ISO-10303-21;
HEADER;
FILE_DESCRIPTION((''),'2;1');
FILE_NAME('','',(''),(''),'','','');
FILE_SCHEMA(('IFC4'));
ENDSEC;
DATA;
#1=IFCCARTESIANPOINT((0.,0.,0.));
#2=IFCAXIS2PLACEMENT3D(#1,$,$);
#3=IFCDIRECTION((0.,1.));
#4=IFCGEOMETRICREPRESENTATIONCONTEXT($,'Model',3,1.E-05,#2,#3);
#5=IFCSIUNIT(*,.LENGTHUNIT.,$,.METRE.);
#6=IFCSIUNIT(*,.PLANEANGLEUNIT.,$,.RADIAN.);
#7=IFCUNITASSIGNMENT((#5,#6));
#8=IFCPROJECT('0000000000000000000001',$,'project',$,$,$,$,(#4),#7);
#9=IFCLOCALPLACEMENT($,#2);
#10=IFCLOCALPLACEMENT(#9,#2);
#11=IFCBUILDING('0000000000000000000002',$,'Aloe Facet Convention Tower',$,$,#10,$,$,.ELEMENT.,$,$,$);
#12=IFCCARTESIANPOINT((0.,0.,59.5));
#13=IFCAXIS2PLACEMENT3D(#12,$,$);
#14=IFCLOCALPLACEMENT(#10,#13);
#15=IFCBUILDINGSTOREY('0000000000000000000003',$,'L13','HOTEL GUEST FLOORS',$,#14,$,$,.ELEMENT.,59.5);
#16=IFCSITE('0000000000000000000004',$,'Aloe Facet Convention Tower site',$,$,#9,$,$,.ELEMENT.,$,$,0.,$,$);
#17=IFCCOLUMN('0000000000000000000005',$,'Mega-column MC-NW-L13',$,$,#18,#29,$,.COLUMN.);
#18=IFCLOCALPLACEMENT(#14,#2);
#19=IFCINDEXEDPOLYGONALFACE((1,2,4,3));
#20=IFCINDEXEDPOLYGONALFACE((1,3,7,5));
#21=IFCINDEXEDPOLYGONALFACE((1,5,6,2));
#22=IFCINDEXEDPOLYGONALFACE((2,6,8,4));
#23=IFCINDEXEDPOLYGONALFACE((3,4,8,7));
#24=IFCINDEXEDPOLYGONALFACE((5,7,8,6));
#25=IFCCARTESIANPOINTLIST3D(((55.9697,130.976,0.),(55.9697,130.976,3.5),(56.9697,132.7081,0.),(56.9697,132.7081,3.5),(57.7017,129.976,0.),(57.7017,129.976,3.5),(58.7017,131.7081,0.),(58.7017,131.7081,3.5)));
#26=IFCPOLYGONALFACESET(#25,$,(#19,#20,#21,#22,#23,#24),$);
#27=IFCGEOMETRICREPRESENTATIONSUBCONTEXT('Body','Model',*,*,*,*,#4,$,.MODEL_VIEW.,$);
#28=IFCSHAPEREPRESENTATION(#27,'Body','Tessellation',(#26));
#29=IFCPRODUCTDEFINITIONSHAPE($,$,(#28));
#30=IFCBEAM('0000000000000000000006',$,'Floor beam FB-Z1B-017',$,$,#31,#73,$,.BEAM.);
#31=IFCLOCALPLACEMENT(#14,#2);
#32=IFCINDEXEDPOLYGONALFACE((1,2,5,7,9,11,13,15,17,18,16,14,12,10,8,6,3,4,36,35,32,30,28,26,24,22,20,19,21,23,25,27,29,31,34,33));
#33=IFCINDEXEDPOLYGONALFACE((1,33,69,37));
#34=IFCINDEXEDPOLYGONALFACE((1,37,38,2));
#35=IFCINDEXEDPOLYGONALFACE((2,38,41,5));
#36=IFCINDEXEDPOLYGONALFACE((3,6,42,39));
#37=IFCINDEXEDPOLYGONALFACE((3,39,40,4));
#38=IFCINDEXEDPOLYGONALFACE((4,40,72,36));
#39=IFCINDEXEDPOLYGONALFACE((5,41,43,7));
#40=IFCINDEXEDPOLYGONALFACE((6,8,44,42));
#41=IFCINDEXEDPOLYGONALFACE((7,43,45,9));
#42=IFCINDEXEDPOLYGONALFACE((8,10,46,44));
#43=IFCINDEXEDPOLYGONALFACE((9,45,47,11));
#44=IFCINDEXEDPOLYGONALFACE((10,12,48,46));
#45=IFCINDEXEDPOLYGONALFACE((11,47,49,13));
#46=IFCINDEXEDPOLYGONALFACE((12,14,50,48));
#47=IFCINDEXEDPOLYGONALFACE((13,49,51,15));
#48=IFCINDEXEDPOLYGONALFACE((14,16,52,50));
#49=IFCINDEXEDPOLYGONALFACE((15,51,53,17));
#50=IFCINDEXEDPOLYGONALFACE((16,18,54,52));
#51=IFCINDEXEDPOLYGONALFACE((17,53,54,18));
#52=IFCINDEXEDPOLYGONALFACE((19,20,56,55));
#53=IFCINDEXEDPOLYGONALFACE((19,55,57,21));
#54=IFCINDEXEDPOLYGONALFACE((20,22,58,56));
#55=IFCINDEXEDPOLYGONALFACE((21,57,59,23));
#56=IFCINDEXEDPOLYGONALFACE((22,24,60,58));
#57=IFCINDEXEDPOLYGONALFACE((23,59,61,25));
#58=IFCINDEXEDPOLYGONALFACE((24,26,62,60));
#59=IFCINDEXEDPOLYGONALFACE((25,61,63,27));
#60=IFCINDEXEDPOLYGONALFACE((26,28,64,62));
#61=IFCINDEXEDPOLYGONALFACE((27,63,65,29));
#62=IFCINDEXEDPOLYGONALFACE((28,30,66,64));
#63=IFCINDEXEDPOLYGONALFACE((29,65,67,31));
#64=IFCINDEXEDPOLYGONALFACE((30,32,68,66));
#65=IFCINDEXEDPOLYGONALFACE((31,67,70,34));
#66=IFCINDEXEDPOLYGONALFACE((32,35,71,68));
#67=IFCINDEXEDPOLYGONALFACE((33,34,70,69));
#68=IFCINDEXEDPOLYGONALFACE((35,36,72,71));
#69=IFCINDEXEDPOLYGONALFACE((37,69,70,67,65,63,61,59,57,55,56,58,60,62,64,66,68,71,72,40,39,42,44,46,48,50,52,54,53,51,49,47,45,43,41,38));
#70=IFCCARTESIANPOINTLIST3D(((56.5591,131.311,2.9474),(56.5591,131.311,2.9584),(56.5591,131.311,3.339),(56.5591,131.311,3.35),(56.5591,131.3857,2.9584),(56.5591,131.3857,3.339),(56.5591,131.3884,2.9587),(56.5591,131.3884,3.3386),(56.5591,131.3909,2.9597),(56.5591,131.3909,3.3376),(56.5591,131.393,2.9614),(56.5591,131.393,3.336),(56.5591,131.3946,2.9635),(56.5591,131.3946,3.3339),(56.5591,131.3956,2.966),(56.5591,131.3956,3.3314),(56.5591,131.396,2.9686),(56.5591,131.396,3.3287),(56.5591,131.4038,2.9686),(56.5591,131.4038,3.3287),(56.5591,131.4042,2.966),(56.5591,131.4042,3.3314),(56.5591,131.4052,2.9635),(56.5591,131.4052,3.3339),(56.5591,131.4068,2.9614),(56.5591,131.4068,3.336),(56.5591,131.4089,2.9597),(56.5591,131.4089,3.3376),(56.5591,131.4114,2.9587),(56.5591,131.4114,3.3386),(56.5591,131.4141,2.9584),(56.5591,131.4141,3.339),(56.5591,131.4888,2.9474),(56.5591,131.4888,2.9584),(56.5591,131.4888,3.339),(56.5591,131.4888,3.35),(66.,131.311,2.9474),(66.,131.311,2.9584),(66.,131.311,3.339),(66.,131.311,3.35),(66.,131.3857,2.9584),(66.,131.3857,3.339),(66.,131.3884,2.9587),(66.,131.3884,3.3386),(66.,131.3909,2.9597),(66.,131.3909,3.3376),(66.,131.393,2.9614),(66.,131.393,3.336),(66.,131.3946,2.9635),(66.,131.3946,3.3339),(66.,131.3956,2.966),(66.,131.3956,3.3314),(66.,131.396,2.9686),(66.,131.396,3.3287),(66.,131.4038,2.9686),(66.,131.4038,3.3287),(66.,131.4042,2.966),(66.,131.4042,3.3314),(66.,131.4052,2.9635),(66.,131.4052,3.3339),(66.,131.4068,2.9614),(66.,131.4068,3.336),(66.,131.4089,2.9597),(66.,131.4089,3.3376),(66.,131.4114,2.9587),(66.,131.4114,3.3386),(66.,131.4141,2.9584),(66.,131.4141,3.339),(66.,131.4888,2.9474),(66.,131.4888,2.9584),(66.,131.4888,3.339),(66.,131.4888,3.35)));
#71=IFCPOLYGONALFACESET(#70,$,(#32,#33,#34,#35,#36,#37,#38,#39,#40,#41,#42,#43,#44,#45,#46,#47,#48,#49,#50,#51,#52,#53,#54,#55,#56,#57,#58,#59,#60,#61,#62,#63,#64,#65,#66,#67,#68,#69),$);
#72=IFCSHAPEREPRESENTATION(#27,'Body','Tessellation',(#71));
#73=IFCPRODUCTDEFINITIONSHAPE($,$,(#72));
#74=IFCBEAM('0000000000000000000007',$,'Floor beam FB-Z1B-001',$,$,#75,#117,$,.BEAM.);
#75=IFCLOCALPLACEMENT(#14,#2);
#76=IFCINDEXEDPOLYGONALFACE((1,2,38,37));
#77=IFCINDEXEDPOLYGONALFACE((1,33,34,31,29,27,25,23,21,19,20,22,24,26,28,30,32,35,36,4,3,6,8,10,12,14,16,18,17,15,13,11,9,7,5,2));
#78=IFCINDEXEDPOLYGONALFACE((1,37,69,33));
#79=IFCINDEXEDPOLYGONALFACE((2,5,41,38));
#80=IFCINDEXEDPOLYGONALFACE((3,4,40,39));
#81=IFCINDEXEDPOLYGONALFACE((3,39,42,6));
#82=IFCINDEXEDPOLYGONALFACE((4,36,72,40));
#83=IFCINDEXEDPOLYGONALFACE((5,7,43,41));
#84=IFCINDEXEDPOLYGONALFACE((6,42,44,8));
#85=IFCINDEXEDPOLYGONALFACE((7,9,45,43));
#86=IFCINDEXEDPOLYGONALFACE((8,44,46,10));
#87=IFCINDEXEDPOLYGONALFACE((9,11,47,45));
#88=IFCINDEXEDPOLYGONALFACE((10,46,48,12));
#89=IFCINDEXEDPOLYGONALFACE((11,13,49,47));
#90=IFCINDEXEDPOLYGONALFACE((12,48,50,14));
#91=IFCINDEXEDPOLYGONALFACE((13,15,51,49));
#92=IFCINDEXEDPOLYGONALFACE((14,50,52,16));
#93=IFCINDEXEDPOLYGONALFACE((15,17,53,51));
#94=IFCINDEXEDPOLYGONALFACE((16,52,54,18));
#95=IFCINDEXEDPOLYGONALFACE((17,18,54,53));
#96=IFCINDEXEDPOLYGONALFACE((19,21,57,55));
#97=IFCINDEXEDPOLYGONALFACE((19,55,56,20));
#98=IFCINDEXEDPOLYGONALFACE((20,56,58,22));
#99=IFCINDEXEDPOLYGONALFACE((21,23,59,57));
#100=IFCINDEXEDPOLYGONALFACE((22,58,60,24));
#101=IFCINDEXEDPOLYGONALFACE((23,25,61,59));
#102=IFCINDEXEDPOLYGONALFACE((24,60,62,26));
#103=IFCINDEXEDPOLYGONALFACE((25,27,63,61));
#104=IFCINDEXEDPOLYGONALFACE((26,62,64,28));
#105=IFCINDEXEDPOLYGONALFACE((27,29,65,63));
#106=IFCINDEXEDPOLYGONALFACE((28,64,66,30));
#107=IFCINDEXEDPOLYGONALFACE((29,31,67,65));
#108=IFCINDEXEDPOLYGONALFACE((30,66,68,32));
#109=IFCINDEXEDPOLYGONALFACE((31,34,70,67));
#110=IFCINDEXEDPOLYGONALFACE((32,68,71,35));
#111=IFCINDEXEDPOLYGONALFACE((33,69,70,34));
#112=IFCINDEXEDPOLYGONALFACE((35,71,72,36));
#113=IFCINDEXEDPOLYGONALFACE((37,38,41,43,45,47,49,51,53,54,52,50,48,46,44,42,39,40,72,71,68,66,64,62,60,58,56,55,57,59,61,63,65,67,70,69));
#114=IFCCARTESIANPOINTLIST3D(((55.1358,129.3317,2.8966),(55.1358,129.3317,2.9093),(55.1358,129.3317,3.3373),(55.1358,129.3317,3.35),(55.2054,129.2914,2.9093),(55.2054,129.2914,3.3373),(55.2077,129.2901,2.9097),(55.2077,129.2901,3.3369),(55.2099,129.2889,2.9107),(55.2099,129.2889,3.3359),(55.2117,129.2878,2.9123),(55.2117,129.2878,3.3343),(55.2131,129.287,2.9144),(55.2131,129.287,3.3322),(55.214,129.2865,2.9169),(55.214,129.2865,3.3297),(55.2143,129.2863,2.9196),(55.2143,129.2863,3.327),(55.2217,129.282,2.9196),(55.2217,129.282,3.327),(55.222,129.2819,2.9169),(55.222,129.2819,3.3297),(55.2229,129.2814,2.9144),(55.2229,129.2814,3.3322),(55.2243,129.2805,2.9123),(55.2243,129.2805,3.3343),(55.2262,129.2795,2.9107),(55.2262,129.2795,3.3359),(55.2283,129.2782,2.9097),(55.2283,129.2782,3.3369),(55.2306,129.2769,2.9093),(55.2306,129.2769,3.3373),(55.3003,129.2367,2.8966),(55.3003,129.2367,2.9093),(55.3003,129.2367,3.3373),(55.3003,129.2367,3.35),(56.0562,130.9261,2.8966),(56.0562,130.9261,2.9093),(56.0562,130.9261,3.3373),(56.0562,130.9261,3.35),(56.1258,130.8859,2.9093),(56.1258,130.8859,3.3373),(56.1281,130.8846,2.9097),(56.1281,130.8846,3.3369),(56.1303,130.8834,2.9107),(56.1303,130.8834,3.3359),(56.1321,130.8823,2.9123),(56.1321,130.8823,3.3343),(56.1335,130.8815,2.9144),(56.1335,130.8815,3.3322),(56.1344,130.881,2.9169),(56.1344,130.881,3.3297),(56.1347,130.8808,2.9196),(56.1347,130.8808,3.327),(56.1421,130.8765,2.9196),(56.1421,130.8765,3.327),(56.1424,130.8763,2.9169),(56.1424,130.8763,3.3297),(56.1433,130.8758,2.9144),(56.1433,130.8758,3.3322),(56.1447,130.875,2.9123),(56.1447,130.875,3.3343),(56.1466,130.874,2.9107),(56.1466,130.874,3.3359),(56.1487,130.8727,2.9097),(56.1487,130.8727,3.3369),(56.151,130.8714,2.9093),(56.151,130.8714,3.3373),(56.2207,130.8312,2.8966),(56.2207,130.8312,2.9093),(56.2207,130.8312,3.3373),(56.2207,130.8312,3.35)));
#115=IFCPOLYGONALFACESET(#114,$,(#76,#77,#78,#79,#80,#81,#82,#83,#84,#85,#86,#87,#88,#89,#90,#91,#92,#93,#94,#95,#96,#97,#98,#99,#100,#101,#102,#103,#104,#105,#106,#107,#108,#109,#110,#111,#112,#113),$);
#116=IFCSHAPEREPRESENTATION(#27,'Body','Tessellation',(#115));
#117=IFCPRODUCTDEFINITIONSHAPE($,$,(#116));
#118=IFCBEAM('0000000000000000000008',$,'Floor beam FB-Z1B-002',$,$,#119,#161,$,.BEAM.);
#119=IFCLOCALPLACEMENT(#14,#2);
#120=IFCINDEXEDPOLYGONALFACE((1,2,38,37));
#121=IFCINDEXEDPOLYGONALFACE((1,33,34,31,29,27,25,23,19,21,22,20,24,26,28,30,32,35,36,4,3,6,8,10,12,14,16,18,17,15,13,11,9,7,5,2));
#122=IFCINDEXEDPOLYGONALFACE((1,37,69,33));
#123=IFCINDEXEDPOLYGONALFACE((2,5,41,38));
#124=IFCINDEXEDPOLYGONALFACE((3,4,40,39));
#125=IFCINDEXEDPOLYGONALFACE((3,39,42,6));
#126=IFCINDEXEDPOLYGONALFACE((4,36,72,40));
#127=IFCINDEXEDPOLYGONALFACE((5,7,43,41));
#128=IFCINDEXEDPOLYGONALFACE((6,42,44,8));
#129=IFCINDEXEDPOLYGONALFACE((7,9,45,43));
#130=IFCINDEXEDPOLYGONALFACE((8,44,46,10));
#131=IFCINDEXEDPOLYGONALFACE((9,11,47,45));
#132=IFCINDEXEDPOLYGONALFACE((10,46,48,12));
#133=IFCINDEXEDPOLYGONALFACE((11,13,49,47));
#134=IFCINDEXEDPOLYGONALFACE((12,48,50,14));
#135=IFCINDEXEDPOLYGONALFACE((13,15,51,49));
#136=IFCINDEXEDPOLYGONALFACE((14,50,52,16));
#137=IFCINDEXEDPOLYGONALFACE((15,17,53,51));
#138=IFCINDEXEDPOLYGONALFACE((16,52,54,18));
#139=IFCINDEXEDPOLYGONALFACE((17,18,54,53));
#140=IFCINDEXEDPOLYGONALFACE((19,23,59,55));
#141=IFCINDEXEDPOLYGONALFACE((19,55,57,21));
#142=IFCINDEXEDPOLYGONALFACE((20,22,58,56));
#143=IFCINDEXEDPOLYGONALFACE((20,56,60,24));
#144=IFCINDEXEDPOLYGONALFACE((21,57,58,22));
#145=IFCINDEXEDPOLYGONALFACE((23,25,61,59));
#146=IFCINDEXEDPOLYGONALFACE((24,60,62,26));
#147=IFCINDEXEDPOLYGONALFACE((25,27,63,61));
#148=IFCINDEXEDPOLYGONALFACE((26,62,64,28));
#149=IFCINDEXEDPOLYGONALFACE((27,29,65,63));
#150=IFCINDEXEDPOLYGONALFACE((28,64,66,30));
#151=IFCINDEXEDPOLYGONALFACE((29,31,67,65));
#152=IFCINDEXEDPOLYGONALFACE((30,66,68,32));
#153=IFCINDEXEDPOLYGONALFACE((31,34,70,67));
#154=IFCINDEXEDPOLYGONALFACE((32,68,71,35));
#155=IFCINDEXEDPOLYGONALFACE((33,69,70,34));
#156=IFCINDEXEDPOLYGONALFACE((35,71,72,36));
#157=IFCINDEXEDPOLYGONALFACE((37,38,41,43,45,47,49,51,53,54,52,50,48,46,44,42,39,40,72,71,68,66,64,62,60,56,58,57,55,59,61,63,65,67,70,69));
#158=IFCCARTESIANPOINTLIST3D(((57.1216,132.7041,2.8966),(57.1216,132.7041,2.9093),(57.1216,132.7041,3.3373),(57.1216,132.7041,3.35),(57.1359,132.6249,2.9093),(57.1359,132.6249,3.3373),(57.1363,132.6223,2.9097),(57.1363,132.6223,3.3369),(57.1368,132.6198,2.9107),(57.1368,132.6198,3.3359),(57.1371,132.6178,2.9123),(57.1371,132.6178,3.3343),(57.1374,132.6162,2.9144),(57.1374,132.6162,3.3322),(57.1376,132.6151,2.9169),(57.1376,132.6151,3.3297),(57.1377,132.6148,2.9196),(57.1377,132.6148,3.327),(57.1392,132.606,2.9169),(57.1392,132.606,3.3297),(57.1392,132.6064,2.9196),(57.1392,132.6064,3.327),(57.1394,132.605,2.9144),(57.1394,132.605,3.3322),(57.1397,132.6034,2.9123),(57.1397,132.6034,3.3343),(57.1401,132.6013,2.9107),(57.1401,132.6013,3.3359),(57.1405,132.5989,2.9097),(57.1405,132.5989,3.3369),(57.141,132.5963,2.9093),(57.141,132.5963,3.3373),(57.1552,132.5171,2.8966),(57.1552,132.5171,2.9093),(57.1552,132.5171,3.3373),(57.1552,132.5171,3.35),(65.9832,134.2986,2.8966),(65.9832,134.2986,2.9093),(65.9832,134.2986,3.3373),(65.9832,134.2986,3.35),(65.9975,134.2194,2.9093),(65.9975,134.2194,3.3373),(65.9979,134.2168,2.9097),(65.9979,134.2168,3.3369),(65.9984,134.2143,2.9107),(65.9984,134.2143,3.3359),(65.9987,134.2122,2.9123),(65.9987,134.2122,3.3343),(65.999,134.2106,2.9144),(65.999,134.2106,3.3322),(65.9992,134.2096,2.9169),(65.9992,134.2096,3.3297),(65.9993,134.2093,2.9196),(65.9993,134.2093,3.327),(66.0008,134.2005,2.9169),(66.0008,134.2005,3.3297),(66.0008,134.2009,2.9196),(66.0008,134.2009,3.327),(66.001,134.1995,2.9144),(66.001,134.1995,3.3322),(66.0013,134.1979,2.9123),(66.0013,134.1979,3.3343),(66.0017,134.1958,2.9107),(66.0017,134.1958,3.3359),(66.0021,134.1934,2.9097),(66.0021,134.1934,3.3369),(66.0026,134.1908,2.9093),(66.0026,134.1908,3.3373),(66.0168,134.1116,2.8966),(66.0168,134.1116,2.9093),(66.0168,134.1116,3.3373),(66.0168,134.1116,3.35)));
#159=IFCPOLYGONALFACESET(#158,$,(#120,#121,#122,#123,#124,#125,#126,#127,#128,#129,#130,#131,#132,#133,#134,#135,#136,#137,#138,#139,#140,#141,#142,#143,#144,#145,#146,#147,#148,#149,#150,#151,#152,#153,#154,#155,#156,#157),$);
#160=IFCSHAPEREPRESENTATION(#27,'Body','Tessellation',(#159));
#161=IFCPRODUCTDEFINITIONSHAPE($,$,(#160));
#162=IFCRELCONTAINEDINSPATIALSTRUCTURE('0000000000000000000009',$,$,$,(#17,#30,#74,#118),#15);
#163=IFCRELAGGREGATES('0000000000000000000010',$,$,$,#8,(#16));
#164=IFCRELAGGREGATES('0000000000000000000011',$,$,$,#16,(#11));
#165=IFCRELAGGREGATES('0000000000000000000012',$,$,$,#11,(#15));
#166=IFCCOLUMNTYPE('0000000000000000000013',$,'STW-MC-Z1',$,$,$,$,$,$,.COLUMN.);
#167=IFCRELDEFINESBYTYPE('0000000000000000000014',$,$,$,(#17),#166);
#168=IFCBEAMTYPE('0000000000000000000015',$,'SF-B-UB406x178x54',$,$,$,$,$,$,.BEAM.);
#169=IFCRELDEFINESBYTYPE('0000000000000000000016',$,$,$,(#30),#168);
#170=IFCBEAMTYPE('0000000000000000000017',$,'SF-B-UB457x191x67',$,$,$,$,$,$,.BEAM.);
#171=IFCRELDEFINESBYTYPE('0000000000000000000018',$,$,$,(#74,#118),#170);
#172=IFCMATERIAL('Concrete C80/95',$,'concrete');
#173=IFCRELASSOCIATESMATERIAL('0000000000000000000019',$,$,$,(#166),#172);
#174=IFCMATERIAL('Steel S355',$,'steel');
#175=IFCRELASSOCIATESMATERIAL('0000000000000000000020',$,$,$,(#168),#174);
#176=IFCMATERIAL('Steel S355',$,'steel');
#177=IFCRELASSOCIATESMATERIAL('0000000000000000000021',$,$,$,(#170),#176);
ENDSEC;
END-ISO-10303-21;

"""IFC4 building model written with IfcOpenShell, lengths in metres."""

from ifc_helpers import new_model, si_unit, direction, frame, origin, origin_2d, place, context, subcontext, project, spatial, rectangle, i_section, extrude, material, material_profile, profile_set, type_object, element, save


model = new_model("IFC4")

# Units and contexts
model_context = context("Model", 3, precision=1e-05, world=origin(), true_north=direction((0.0, 1.0)))
body_context = subcontext(model_context, "Body", "Model", "MODEL_VIEW")
ifc_project = project(units=[si_unit("LENGTHUNIT", "METRE"), si_unit("PLANEANGLEUNIT", "RADIAN")], contexts=[model_context])

# Site, building, storey
site_placement = place(None, origin())
site = spatial("IfcSite", under=ifc_project, at=site_placement, Name="Aloe Facet Convention Tower site", CompositionType="ELEMENT", RefElevation=0.0)
building_placement = place(site_placement, origin())
building = spatial("IfcBuilding", under=site, at=building_placement, Name="Aloe Facet Convention Tower", CompositionType="ELEMENT")
storey_placement = place(building_placement, frame((0.0, 0.0, 59.5)))
storey = spatial("IfcBuildingStorey", under=building, at=storey_placement, Name="L13", Description="HOTEL GUEST FLOORS", CompositionType="ELEMENT", Elevation=59.5)

# Column
ifc_material_1 = material(Name="Concrete C80/95", Category="concrete")
ifc_material_profile_1 = material_profile(ifc_material_1, rectangle(XDim=2.0, YDim=2.0, at=origin_2d()), Name="STW-MC-Z1")
ifc_profile_set_1 = profile_set([ifc_material_profile_1], Name="Concrete C80/95")
column_type = type_object("IfcColumnType", Name="STW-MC-Z1", PredefinedType="COLUMN", material=ifc_profile_set_1)
column_placement = place(storey_placement, frame((57.3357, 131.342, 0.0), z_axis=(0.0, 0.0, 1.0), x_axis=(-0.5, -0.866025, 0.0)))
element("IfcColumn", 1, at=column_placement, inside=storey, type_object=column_type, Name="Mega-column MC-NW-L13", PredefinedType="COLUMN", context=body_context, shape_type="SweptSolid", body=[
    extrude(rectangle(XDim=2.0, YDim=2.0, at=origin_2d()), origin(), (0.0, 0.0, 1.0), 3.5),
])

# Beams
ifc_material_2 = material(Name="Steel S355", Category="steel")
ifc_material_profile_2 = material_profile(ifc_material_2, i_section(OverallWidth=0.1777, OverallDepth=0.4026, WebThickness=0.0078, FlangeThickness=0.011, FilletRadius=0.0103, at=origin_2d()), Name="UB 406x178x54")
ifc_profile_set_2 = profile_set([ifc_material_profile_2], Name="Steel S355")
beam_type_1 = type_object("IfcBeamType", Name="SF-B-UB406x178x54", PredefinedType="BEAM", material=ifc_profile_set_2)
beam_1_placement = place(storey_placement, frame((56.5591, 131.3999, 3.1487), z_axis=(1.0, 0.0, 0.0), x_axis=(0.0, 1.0, 0.0)))
element("IfcBeam", 2, at=beam_1_placement, inside=storey, type_object=beam_type_1, Name="Floor beam FB-Z1B-017", PredefinedType="BEAM", context=body_context, shape_type="SweptSolid", body=[
    extrude(i_section(OverallWidth=0.1777, OverallDepth=0.4026, WebThickness=0.0078, FlangeThickness=0.011, FilletRadius=0.0103, at=origin_2d()), origin(), (0.0, 0.0, 1.0), 9.4409),
])
ifc_material_3 = material(Name="Steel S355", Category="steel")
ifc_material_profile_3 = material_profile(ifc_material_3, i_section(OverallWidth=0.1899, OverallDepth=0.4534, WebThickness=0.0085, FlangeThickness=0.0127, FilletRadius=0.0103, at=origin_2d()), Name="UB 457x191x67")
ifc_profile_set_3 = profile_set([ifc_material_profile_3], Name="Steel S355")
beam_type_2 = type_object("IfcBeamType", Name="SF-B-UB457x191x67", PredefinedType="BEAM", material=ifc_profile_set_3)
beam_2_placement = place(storey_placement, frame((55.218, 129.2842, 3.1233), z_axis=(0.499933, 0.866064, 0.0), x_axis=(-0.866064, 0.499933, 0.0)))
element("IfcBeam", 3, at=beam_2_placement, inside=storey, type_object=beam_type_2, Name="Floor beam FB-Z1B-001", PredefinedType="BEAM", context=body_context, shape_type="SweptSolid", body=[
    extrude(i_section(OverallWidth=0.1899, OverallDepth=0.4534, WebThickness=0.0085, FlangeThickness=0.0127, FilletRadius=0.0103, at=origin_2d()), origin(), (0.0, 0.0, 1.0), 1.8411),
])
beam_3_placement = place(storey_placement, frame((57.1384, 132.6106, 3.1233), z_axis=(0.984195, 0.177088, 0.0), x_axis=(-0.177088, 0.984195, 0.0)))
element("IfcBeam", 4, at=beam_3_placement, inside=storey, type_object=beam_type_2, Name="Floor beam FB-Z1B-002", PredefinedType="BEAM", context=body_context, shape_type="SweptSolid", body=[
    extrude(i_section(OverallWidth=0.1899, OverallDepth=0.4534, WebThickness=0.0085, FlangeThickness=0.0127, FilletRadius=0.0103, at=origin_2d()), origin(), (0.0, 0.0, 1.0), 9.0039),
])

save(model, "model.ifc")
